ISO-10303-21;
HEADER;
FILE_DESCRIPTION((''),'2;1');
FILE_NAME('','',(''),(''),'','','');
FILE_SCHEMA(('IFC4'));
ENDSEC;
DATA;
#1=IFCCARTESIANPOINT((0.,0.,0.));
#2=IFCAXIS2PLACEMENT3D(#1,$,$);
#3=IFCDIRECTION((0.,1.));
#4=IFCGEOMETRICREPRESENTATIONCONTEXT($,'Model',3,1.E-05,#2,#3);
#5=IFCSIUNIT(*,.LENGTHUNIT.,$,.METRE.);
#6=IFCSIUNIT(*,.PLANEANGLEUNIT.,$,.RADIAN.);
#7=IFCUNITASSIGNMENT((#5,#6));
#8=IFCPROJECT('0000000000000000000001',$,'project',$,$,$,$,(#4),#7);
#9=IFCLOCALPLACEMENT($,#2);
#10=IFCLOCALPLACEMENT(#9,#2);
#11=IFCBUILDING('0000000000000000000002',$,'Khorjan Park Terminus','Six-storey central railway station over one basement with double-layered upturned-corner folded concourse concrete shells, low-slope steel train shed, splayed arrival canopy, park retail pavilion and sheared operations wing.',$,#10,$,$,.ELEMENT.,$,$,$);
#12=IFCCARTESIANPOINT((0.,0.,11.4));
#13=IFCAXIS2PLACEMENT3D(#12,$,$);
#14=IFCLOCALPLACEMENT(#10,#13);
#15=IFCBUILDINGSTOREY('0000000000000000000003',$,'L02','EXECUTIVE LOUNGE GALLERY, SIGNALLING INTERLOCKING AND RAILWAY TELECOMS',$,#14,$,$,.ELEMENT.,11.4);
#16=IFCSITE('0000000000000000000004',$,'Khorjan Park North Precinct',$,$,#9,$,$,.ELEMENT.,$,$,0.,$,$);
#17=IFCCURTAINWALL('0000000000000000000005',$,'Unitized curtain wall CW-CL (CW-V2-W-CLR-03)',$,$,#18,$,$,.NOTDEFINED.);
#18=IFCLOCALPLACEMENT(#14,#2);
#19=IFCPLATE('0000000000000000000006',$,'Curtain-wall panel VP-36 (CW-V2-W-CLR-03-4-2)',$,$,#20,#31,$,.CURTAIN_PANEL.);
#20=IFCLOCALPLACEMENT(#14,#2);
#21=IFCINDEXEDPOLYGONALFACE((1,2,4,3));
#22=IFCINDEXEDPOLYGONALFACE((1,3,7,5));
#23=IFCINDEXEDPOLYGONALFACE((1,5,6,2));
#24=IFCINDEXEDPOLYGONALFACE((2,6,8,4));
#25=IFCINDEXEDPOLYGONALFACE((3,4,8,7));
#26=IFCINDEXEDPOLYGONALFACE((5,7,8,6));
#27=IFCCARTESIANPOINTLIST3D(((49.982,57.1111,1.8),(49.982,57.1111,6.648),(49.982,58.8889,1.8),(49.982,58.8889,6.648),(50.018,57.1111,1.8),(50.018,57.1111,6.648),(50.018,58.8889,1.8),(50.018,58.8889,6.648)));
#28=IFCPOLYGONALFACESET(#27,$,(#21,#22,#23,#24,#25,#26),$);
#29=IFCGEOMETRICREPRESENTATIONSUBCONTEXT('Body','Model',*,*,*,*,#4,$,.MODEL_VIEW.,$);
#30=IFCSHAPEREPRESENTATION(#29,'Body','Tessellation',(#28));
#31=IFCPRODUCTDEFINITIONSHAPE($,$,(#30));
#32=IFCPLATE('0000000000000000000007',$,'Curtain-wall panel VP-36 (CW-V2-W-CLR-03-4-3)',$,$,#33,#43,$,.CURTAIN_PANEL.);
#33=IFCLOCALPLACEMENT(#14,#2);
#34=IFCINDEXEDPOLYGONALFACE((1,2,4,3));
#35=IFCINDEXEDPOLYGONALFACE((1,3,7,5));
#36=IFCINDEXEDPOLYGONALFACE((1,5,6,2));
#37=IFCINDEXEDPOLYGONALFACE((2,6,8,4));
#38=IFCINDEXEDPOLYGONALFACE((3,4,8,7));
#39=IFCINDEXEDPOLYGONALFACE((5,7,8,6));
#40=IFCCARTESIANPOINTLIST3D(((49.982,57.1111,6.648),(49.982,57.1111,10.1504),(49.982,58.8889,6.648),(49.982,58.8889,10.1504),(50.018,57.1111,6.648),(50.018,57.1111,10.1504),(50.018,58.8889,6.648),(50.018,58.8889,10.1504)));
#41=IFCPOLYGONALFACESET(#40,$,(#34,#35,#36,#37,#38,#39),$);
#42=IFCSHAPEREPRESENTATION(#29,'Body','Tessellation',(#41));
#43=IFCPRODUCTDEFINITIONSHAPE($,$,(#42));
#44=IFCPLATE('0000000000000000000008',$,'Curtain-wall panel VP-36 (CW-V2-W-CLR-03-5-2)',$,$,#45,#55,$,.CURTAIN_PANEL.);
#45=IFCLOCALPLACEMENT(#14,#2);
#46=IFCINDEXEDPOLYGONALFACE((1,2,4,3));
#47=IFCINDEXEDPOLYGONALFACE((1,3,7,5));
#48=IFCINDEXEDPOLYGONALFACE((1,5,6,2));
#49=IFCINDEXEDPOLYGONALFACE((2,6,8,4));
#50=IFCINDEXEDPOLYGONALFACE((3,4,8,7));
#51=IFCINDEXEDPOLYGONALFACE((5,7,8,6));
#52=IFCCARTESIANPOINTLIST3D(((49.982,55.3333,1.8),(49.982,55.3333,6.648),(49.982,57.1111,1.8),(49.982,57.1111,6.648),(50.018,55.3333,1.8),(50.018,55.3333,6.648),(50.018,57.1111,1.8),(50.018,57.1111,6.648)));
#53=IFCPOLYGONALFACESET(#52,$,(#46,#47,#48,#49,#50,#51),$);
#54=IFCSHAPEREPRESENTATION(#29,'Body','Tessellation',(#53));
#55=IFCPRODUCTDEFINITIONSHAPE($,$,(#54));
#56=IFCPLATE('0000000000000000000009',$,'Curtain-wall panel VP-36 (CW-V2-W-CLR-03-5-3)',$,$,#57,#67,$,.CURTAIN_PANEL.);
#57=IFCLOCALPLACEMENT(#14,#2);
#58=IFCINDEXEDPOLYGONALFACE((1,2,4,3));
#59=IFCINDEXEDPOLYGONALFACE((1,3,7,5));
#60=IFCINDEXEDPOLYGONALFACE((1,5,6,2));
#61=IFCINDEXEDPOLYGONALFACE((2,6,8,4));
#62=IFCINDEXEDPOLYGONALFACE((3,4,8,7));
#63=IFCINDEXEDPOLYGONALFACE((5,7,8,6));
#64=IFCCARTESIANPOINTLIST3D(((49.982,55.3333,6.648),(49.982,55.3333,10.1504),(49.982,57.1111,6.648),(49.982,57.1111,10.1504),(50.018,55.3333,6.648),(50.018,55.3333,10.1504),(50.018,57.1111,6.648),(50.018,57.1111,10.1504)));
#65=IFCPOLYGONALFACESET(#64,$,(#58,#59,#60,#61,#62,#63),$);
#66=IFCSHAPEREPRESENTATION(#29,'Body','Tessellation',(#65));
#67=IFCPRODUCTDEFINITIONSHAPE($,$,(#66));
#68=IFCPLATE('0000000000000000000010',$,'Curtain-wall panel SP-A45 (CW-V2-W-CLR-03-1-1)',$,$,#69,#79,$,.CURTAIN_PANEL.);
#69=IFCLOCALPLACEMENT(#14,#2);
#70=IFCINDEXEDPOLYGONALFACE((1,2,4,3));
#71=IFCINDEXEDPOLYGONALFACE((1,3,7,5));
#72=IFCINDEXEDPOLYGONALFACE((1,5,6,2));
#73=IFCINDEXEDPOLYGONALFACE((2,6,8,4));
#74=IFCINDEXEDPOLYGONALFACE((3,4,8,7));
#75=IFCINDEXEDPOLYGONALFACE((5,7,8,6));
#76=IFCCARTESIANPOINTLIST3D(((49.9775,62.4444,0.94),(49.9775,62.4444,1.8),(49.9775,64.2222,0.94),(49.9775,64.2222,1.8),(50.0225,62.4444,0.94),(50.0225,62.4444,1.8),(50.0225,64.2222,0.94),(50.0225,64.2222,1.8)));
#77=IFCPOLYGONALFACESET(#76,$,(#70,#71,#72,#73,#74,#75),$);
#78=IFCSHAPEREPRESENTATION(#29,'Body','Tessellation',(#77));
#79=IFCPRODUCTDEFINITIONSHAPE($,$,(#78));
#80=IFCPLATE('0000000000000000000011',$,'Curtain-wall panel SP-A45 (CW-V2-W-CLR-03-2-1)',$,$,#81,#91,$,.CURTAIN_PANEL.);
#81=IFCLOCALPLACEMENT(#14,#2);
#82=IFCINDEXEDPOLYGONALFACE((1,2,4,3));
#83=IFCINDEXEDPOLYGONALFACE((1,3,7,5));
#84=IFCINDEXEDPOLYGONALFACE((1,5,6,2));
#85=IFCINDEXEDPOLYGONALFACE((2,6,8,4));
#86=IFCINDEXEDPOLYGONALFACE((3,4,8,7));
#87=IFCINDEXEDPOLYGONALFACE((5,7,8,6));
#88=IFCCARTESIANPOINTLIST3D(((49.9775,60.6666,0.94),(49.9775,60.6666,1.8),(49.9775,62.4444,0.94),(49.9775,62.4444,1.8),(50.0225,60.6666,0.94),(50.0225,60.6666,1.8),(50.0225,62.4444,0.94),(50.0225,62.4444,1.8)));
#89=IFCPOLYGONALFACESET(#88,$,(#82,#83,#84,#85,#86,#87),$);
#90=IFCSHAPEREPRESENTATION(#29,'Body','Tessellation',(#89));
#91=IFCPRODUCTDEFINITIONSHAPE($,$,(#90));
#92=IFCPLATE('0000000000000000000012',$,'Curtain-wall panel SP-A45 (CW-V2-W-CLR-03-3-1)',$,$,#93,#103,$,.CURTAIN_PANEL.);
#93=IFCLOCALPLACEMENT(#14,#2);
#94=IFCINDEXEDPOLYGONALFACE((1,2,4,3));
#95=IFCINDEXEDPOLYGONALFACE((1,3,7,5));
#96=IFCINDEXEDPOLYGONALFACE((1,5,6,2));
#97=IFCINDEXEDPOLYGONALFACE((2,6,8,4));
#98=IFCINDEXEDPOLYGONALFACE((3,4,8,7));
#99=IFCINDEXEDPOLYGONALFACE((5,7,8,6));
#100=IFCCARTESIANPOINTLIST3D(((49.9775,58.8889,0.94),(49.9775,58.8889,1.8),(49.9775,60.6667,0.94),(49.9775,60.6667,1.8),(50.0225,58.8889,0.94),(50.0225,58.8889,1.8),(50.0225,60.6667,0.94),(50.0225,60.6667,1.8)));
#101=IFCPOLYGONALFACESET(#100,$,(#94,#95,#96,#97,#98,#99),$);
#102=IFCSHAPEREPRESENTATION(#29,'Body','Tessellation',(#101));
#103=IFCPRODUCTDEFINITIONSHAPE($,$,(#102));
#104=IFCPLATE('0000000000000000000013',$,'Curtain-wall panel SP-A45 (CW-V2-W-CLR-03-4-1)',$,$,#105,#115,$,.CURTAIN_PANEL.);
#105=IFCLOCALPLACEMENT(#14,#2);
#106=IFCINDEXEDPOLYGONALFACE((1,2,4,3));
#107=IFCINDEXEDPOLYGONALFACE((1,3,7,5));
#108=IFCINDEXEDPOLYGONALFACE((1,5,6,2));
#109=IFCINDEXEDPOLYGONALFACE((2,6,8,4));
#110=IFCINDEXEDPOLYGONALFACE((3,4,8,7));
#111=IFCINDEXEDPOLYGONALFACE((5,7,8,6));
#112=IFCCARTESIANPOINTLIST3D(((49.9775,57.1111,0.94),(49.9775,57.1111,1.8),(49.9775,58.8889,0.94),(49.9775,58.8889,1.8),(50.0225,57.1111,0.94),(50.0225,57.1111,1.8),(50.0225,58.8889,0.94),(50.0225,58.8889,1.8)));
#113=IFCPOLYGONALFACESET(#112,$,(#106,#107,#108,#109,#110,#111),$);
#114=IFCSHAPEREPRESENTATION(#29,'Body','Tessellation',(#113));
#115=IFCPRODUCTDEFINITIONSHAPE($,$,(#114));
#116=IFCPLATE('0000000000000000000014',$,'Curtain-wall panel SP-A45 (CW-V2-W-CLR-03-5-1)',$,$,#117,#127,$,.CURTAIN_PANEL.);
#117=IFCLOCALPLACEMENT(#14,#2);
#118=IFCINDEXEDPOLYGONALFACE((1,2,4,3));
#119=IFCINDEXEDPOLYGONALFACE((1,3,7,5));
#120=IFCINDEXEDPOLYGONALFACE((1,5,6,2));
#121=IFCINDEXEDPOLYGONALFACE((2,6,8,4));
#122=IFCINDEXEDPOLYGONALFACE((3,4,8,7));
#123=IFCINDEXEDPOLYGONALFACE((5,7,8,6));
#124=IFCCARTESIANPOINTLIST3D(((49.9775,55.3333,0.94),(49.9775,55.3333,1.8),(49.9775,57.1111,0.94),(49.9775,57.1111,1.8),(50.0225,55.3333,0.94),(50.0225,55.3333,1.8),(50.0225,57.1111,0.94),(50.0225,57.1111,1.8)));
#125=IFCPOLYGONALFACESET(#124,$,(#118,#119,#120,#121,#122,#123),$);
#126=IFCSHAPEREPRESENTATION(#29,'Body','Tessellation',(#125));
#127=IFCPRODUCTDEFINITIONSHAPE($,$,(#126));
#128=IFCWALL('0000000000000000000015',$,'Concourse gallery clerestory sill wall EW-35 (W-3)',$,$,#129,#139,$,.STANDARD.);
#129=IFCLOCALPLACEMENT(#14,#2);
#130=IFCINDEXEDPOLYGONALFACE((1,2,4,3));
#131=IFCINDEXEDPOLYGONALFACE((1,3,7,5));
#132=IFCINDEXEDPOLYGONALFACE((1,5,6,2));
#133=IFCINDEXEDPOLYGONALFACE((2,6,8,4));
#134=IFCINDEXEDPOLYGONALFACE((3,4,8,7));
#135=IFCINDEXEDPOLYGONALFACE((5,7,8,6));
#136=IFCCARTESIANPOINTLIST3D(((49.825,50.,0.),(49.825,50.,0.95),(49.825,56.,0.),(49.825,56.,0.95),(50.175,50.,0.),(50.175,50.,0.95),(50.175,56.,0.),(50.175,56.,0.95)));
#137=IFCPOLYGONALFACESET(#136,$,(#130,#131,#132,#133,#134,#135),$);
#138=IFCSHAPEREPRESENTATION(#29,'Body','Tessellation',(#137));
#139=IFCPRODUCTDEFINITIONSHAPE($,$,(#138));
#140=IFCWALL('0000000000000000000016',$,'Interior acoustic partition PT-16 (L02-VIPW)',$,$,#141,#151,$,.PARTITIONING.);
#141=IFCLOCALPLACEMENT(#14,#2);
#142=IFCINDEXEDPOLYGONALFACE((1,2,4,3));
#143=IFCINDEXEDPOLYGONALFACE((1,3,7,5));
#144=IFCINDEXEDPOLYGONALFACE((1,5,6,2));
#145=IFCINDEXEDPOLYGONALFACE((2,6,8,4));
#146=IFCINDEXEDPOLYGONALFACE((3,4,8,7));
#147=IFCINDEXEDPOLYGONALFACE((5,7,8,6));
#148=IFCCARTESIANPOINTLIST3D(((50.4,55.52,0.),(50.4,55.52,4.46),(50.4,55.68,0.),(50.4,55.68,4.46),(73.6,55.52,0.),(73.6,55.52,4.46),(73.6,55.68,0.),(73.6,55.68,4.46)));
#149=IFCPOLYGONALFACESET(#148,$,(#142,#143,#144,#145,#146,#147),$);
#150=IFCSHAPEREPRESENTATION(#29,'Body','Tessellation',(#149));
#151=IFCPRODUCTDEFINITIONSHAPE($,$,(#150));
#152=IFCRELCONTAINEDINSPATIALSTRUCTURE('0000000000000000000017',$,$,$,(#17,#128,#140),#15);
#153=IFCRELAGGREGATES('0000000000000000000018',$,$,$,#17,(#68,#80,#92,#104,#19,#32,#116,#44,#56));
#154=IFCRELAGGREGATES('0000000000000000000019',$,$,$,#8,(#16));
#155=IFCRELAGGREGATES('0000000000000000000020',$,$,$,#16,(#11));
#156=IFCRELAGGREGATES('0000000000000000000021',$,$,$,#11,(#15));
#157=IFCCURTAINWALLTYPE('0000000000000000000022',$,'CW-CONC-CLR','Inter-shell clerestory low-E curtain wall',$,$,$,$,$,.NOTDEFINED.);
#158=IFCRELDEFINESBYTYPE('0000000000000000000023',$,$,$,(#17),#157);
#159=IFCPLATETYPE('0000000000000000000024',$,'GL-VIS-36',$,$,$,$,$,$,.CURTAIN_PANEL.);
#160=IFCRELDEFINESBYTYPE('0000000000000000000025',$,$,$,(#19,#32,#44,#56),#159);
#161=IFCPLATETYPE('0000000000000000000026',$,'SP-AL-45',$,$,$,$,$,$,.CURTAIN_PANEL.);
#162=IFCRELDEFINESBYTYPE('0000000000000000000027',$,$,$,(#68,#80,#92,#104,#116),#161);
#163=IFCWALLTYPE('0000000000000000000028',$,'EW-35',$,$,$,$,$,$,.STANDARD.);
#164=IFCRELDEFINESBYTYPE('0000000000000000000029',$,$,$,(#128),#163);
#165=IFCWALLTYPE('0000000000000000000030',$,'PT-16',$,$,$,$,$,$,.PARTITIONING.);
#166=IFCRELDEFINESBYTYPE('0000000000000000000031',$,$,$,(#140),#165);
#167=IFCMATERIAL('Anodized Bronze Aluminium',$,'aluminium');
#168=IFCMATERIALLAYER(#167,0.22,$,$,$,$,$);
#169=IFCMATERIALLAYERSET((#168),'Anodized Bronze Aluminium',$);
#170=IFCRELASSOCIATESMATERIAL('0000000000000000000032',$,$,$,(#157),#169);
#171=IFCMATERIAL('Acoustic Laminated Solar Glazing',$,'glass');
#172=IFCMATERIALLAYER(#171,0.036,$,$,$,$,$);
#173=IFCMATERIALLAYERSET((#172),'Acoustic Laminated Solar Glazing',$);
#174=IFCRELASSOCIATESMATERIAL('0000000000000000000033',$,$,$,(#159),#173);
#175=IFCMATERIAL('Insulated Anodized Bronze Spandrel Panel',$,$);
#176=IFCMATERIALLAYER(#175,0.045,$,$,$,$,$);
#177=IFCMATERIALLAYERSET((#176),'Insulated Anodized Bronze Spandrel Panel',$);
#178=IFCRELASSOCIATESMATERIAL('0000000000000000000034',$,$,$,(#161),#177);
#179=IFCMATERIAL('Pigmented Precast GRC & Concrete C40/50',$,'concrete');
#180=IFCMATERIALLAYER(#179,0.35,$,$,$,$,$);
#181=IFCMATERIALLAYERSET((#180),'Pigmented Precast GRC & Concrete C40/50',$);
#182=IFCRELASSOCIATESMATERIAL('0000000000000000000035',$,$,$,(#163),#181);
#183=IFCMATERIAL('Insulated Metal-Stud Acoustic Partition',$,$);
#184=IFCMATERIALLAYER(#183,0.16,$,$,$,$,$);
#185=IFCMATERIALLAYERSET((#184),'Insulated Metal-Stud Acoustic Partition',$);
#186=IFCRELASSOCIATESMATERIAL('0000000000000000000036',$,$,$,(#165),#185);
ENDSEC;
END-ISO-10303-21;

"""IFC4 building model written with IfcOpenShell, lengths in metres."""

from ifc_helpers import new_model, si_unit, direction, frame, frame_2d, origin, origin_2d, place, context, subcontext, project, spatial, rectangle, extrude, material, layer, layer_set, type_object, element, aggregate, save


model = new_model("IFC4")

# Units and contexts
model_context = context("Model", 3, precision=1e-05, world=origin(), true_north=direction((0.0, 1.0)))
body_context = subcontext(model_context, "Body", "Model", "MODEL_VIEW")
ifc_project = project(units=[si_unit("LENGTHUNIT", "METRE"), si_unit("PLANEANGLEUNIT", "RADIAN")], contexts=[model_context])

# Site, building, storey
site_placement = place(None, origin())
site = spatial("IfcSite", under=ifc_project, at=site_placement, Name="Khorjan Park North Precinct", CompositionType="ELEMENT", RefElevation=0.0)
building_placement = place(site_placement, origin())
building = spatial("IfcBuilding", under=site, at=building_placement, Name="Khorjan Park Terminus", Description="Six-storey central railway station over one basement with double-layered upturned-corner folded concourse concrete shells, low-slope steel train shed, splayed arrival canopy, park retail pavilion and sheared operations wing.", CompositionType="ELEMENT")
storey_placement = place(building_placement, frame((0.0, 0.0, 11.4)))
storey = spatial("IfcBuildingStorey", under=building, at=storey_placement, Name="L02", Description="EXECUTIVE LOUNGE GALLERY, SIGNALLING INTERLOCKING AND RAILWAY TELECOMS", CompositionType="ELEMENT", Elevation=11.4)

# Curtain wall, plates
ifc_material_1 = material(Name="Anodized Bronze Aluminium", Category="aluminium")
ifc_layer_1 = layer(ifc_material_1, 0.22)
ifc_layer_set_1 = layer_set([ifc_layer_1], Name="Anodized Bronze Aluminium")
curtain_wall_type = type_object("IfcCurtainWallType", Name="CW-CONC-CLR", Description="Inter-shell clerestory low-E curtain wall", PredefinedType="NOTDEFINED", material=ifc_layer_set_1)
curtain_wall_placement = place(storey_placement, origin())
curtain_wall = element("IfcCurtainWall", 1, at=curtain_wall_placement, inside=storey, type_object=curtain_wall_type, Name="Unitized curtain wall CW-CL (CW-V2-W-CLR-03)", PredefinedType="NOTDEFINED")
ifc_material_2 = material(Name="Acoustic Laminated Solar Glazing", Category="glass")
ifc_layer_2 = layer(ifc_material_2, 0.036)
ifc_layer_set_2 = layer_set([ifc_layer_2], Name="Acoustic Laminated Solar Glazing")
plate_type_1 = type_object("IfcPlateType", Name="GL-VIS-36", PredefinedType="CURTAIN_PANEL", material=ifc_layer_set_2)
plate_1_placement = place(storey_placement, frame((50.0, 58.0, 1.8), z_axis=(0.0, 0.0, 1.0), x_axis=(0.0, -1.0, 0.0)))
plate_1 = element("IfcPlate", 2, at=plate_1_placement, type_object=plate_type_1, Name="Curtain-wall panel VP-36 (CW-V2-W-CLR-03-4-2)", PredefinedType="CURTAIN_PANEL", context=body_context, shape_type="SweptSolid", body=[
    extrude(rectangle(XDim=1.7778, YDim=0.036, at=origin_2d()), origin(), (0.0, 0.0, 1.0), 4.848),
])
plate_2_placement = place(storey_placement, frame((50.0, 58.0, 6.648), z_axis=(0.0, 0.0, 1.0), x_axis=(0.0, -1.0, 0.0)))
plate_2 = element("IfcPlate", 3, at=plate_2_placement, type_object=plate_type_1, Name="Curtain-wall panel VP-36 (CW-V2-W-CLR-03-4-3)", PredefinedType="CURTAIN_PANEL", context=body_context, shape_type="SweptSolid", body=[
    extrude(rectangle(XDim=1.7778, YDim=0.036, at=origin_2d()), origin(), (0.0, 0.0, 1.0), 3.5024),
])
plate_3_placement = place(storey_placement, frame((50.0, 56.2222, 1.8), z_axis=(0.0, 0.0, 1.0), x_axis=(0.0, -1.0, 0.0)))
plate_3 = element("IfcPlate", 4, at=plate_3_placement, type_object=plate_type_1, Name="Curtain-wall panel VP-36 (CW-V2-W-CLR-03-5-2)", PredefinedType="CURTAIN_PANEL", context=body_context, shape_type="SweptSolid", body=[
    extrude(rectangle(XDim=1.7778, YDim=0.036, at=origin_2d()), origin(), (0.0, 0.0, 1.0), 4.848),
])
plate_4_placement = place(storey_placement, frame((50.0, 56.2222, 6.648), z_axis=(0.0, 0.0, 1.0), x_axis=(0.0, -1.0, 0.0)))
plate_4 = element("IfcPlate", 5, at=plate_4_placement, type_object=plate_type_1, Name="Curtain-wall panel VP-36 (CW-V2-W-CLR-03-5-3)", PredefinedType="CURTAIN_PANEL", context=body_context, shape_type="SweptSolid", body=[
    extrude(rectangle(XDim=1.7778, YDim=0.036, at=origin_2d()), origin(), (0.0, 0.0, 1.0), 3.5024),
])
ifc_material_3 = material(Name="Insulated Anodized Bronze Spandrel Panel")
ifc_layer_3 = layer(ifc_material_3, 0.045)
ifc_layer_set_3 = layer_set([ifc_layer_3], Name="Insulated Anodized Bronze Spandrel Panel")
plate_type_2 = type_object("IfcPlateType", Name="SP-AL-45", PredefinedType="CURTAIN_PANEL", material=ifc_layer_set_3)
plate_5_placement = place(storey_placement, frame((50.0, 63.3333, 0.94), z_axis=(0.0, 0.0, 1.0), x_axis=(0.0, -1.0, 0.0)))
plate_5 = element("IfcPlate", 6, at=plate_5_placement, type_object=plate_type_2, Name="Curtain-wall panel SP-A45 (CW-V2-W-CLR-03-1-1)", PredefinedType="CURTAIN_PANEL", context=body_context, shape_type="SweptSolid", body=[
    extrude(rectangle(XDim=1.7778, YDim=0.045, at=origin_2d()), origin(), (0.0, 0.0, 1.0), 0.86),
])
plate_6_placement = place(storey_placement, frame((50.0, 61.5555, 0.94), z_axis=(0.0, 0.0, 1.0), x_axis=(0.0, -1.0, 0.0)))
plate_6 = element("IfcPlate", 7, at=plate_6_placement, type_object=plate_type_2, Name="Curtain-wall panel SP-A45 (CW-V2-W-CLR-03-2-1)", PredefinedType="CURTAIN_PANEL", context=body_context, shape_type="SweptSolid", body=[
    extrude(rectangle(XDim=1.7778, YDim=0.045, at=origin_2d()), origin(), (0.0, 0.0, 1.0), 0.86),
])
plate_7_placement = place(storey_placement, frame((50.0, 59.7778, 0.94), z_axis=(0.0, 0.0, 1.0), x_axis=(0.0, -1.0, 0.0)))
plate_7 = element("IfcPlate", 8, at=plate_7_placement, type_object=plate_type_2, Name="Curtain-wall panel SP-A45 (CW-V2-W-CLR-03-3-1)", PredefinedType="CURTAIN_PANEL", context=body_context, shape_type="SweptSolid", body=[
    extrude(rectangle(XDim=1.7778, YDim=0.045, at=origin_2d()), origin(), (0.0, 0.0, 1.0), 0.86),
])
plate_8_placement = place(storey_placement, frame((50.0, 58.0, 0.94), z_axis=(0.0, 0.0, 1.0), x_axis=(0.0, -1.0, 0.0)))
plate_8 = element("IfcPlate", 9, at=plate_8_placement, type_object=plate_type_2, Name="Curtain-wall panel SP-A45 (CW-V2-W-CLR-03-4-1)", PredefinedType="CURTAIN_PANEL", context=body_context, shape_type="SweptSolid", body=[
    extrude(rectangle(XDim=1.7778, YDim=0.045, at=origin_2d()), origin(), (0.0, 0.0, 1.0), 0.86),
])
plate_9_placement = place(storey_placement, frame((50.0, 56.2222, 0.94), z_axis=(0.0, 0.0, 1.0), x_axis=(0.0, -1.0, 0.0)))
plate_9 = element("IfcPlate", 10, at=plate_9_placement, type_object=plate_type_2, Name="Curtain-wall panel SP-A45 (CW-V2-W-CLR-03-5-1)", PredefinedType="CURTAIN_PANEL", context=body_context, shape_type="SweptSolid", body=[
    extrude(rectangle(XDim=1.7778, YDim=0.045, at=origin_2d()), origin(), (0.0, 0.0, 1.0), 0.86),
])
aggregate(curtain_wall, [plate_5, plate_6, plate_7, plate_8, plate_1, plate_2, plate_9, plate_3, plate_4])

# Walls
ifc_material_4 = material(Name="Pigmented Precast GRC & Concrete C40/50", Category="concrete")
ifc_layer_4 = layer(ifc_material_4, 0.35)
ifc_layer_set_4 = layer_set([ifc_layer_4], Name="Pigmented Precast GRC & Concrete C40/50")
wall_type_1 = type_object("IfcWallType", Name="EW-35", PredefinedType="STANDARD", material=ifc_layer_set_4)
wall_1_placement = place(storey_placement, frame((50.0, 56.0, 0.0), z_axis=(0.0, 0.0, 1.0), x_axis=(0.0, -1.0, 0.0)))
element("IfcWall", 11, at=wall_1_placement, inside=storey, type_object=wall_type_1, Name="Concourse gallery clerestory sill wall EW-35 (W-3)", PredefinedType="STANDARD", context=body_context, shape_type="SweptSolid", body=[
    extrude(rectangle(XDim=6.0, YDim=0.35, at=frame_2d((3.0, 0.0))), origin(), (0.0, 0.0, 1.0), 0.95),
])
ifc_material_5 = material(Name="Insulated Metal-Stud Acoustic Partition")
ifc_layer_5 = layer(ifc_material_5, 0.16)
ifc_layer_set_5 = layer_set([ifc_layer_5], Name="Insulated Metal-Stud Acoustic Partition")
wall_type_2 = type_object("IfcWallType", Name="PT-16", PredefinedType="PARTITIONING", material=ifc_layer_set_5)
wall_2_placement = place(storey_placement, frame((50.4, 55.6, 0.0), z_axis=(0.0, 0.0, 1.0), x_axis=(1.0, 0.0, 0.0)))
element("IfcWall", 12, at=wall_2_placement, inside=storey, type_object=wall_type_2, Name="Interior acoustic partition PT-16 (L02-VIPW)", PredefinedType="PARTITIONING", context=body_context, shape_type="SweptSolid", body=[
    extrude(rectangle(XDim=23.2, YDim=0.16, at=frame_2d((11.6, 0.0))), origin(), (0.0, 0.0, 1.0), 4.46),
])

save(model, "model.ifc")
